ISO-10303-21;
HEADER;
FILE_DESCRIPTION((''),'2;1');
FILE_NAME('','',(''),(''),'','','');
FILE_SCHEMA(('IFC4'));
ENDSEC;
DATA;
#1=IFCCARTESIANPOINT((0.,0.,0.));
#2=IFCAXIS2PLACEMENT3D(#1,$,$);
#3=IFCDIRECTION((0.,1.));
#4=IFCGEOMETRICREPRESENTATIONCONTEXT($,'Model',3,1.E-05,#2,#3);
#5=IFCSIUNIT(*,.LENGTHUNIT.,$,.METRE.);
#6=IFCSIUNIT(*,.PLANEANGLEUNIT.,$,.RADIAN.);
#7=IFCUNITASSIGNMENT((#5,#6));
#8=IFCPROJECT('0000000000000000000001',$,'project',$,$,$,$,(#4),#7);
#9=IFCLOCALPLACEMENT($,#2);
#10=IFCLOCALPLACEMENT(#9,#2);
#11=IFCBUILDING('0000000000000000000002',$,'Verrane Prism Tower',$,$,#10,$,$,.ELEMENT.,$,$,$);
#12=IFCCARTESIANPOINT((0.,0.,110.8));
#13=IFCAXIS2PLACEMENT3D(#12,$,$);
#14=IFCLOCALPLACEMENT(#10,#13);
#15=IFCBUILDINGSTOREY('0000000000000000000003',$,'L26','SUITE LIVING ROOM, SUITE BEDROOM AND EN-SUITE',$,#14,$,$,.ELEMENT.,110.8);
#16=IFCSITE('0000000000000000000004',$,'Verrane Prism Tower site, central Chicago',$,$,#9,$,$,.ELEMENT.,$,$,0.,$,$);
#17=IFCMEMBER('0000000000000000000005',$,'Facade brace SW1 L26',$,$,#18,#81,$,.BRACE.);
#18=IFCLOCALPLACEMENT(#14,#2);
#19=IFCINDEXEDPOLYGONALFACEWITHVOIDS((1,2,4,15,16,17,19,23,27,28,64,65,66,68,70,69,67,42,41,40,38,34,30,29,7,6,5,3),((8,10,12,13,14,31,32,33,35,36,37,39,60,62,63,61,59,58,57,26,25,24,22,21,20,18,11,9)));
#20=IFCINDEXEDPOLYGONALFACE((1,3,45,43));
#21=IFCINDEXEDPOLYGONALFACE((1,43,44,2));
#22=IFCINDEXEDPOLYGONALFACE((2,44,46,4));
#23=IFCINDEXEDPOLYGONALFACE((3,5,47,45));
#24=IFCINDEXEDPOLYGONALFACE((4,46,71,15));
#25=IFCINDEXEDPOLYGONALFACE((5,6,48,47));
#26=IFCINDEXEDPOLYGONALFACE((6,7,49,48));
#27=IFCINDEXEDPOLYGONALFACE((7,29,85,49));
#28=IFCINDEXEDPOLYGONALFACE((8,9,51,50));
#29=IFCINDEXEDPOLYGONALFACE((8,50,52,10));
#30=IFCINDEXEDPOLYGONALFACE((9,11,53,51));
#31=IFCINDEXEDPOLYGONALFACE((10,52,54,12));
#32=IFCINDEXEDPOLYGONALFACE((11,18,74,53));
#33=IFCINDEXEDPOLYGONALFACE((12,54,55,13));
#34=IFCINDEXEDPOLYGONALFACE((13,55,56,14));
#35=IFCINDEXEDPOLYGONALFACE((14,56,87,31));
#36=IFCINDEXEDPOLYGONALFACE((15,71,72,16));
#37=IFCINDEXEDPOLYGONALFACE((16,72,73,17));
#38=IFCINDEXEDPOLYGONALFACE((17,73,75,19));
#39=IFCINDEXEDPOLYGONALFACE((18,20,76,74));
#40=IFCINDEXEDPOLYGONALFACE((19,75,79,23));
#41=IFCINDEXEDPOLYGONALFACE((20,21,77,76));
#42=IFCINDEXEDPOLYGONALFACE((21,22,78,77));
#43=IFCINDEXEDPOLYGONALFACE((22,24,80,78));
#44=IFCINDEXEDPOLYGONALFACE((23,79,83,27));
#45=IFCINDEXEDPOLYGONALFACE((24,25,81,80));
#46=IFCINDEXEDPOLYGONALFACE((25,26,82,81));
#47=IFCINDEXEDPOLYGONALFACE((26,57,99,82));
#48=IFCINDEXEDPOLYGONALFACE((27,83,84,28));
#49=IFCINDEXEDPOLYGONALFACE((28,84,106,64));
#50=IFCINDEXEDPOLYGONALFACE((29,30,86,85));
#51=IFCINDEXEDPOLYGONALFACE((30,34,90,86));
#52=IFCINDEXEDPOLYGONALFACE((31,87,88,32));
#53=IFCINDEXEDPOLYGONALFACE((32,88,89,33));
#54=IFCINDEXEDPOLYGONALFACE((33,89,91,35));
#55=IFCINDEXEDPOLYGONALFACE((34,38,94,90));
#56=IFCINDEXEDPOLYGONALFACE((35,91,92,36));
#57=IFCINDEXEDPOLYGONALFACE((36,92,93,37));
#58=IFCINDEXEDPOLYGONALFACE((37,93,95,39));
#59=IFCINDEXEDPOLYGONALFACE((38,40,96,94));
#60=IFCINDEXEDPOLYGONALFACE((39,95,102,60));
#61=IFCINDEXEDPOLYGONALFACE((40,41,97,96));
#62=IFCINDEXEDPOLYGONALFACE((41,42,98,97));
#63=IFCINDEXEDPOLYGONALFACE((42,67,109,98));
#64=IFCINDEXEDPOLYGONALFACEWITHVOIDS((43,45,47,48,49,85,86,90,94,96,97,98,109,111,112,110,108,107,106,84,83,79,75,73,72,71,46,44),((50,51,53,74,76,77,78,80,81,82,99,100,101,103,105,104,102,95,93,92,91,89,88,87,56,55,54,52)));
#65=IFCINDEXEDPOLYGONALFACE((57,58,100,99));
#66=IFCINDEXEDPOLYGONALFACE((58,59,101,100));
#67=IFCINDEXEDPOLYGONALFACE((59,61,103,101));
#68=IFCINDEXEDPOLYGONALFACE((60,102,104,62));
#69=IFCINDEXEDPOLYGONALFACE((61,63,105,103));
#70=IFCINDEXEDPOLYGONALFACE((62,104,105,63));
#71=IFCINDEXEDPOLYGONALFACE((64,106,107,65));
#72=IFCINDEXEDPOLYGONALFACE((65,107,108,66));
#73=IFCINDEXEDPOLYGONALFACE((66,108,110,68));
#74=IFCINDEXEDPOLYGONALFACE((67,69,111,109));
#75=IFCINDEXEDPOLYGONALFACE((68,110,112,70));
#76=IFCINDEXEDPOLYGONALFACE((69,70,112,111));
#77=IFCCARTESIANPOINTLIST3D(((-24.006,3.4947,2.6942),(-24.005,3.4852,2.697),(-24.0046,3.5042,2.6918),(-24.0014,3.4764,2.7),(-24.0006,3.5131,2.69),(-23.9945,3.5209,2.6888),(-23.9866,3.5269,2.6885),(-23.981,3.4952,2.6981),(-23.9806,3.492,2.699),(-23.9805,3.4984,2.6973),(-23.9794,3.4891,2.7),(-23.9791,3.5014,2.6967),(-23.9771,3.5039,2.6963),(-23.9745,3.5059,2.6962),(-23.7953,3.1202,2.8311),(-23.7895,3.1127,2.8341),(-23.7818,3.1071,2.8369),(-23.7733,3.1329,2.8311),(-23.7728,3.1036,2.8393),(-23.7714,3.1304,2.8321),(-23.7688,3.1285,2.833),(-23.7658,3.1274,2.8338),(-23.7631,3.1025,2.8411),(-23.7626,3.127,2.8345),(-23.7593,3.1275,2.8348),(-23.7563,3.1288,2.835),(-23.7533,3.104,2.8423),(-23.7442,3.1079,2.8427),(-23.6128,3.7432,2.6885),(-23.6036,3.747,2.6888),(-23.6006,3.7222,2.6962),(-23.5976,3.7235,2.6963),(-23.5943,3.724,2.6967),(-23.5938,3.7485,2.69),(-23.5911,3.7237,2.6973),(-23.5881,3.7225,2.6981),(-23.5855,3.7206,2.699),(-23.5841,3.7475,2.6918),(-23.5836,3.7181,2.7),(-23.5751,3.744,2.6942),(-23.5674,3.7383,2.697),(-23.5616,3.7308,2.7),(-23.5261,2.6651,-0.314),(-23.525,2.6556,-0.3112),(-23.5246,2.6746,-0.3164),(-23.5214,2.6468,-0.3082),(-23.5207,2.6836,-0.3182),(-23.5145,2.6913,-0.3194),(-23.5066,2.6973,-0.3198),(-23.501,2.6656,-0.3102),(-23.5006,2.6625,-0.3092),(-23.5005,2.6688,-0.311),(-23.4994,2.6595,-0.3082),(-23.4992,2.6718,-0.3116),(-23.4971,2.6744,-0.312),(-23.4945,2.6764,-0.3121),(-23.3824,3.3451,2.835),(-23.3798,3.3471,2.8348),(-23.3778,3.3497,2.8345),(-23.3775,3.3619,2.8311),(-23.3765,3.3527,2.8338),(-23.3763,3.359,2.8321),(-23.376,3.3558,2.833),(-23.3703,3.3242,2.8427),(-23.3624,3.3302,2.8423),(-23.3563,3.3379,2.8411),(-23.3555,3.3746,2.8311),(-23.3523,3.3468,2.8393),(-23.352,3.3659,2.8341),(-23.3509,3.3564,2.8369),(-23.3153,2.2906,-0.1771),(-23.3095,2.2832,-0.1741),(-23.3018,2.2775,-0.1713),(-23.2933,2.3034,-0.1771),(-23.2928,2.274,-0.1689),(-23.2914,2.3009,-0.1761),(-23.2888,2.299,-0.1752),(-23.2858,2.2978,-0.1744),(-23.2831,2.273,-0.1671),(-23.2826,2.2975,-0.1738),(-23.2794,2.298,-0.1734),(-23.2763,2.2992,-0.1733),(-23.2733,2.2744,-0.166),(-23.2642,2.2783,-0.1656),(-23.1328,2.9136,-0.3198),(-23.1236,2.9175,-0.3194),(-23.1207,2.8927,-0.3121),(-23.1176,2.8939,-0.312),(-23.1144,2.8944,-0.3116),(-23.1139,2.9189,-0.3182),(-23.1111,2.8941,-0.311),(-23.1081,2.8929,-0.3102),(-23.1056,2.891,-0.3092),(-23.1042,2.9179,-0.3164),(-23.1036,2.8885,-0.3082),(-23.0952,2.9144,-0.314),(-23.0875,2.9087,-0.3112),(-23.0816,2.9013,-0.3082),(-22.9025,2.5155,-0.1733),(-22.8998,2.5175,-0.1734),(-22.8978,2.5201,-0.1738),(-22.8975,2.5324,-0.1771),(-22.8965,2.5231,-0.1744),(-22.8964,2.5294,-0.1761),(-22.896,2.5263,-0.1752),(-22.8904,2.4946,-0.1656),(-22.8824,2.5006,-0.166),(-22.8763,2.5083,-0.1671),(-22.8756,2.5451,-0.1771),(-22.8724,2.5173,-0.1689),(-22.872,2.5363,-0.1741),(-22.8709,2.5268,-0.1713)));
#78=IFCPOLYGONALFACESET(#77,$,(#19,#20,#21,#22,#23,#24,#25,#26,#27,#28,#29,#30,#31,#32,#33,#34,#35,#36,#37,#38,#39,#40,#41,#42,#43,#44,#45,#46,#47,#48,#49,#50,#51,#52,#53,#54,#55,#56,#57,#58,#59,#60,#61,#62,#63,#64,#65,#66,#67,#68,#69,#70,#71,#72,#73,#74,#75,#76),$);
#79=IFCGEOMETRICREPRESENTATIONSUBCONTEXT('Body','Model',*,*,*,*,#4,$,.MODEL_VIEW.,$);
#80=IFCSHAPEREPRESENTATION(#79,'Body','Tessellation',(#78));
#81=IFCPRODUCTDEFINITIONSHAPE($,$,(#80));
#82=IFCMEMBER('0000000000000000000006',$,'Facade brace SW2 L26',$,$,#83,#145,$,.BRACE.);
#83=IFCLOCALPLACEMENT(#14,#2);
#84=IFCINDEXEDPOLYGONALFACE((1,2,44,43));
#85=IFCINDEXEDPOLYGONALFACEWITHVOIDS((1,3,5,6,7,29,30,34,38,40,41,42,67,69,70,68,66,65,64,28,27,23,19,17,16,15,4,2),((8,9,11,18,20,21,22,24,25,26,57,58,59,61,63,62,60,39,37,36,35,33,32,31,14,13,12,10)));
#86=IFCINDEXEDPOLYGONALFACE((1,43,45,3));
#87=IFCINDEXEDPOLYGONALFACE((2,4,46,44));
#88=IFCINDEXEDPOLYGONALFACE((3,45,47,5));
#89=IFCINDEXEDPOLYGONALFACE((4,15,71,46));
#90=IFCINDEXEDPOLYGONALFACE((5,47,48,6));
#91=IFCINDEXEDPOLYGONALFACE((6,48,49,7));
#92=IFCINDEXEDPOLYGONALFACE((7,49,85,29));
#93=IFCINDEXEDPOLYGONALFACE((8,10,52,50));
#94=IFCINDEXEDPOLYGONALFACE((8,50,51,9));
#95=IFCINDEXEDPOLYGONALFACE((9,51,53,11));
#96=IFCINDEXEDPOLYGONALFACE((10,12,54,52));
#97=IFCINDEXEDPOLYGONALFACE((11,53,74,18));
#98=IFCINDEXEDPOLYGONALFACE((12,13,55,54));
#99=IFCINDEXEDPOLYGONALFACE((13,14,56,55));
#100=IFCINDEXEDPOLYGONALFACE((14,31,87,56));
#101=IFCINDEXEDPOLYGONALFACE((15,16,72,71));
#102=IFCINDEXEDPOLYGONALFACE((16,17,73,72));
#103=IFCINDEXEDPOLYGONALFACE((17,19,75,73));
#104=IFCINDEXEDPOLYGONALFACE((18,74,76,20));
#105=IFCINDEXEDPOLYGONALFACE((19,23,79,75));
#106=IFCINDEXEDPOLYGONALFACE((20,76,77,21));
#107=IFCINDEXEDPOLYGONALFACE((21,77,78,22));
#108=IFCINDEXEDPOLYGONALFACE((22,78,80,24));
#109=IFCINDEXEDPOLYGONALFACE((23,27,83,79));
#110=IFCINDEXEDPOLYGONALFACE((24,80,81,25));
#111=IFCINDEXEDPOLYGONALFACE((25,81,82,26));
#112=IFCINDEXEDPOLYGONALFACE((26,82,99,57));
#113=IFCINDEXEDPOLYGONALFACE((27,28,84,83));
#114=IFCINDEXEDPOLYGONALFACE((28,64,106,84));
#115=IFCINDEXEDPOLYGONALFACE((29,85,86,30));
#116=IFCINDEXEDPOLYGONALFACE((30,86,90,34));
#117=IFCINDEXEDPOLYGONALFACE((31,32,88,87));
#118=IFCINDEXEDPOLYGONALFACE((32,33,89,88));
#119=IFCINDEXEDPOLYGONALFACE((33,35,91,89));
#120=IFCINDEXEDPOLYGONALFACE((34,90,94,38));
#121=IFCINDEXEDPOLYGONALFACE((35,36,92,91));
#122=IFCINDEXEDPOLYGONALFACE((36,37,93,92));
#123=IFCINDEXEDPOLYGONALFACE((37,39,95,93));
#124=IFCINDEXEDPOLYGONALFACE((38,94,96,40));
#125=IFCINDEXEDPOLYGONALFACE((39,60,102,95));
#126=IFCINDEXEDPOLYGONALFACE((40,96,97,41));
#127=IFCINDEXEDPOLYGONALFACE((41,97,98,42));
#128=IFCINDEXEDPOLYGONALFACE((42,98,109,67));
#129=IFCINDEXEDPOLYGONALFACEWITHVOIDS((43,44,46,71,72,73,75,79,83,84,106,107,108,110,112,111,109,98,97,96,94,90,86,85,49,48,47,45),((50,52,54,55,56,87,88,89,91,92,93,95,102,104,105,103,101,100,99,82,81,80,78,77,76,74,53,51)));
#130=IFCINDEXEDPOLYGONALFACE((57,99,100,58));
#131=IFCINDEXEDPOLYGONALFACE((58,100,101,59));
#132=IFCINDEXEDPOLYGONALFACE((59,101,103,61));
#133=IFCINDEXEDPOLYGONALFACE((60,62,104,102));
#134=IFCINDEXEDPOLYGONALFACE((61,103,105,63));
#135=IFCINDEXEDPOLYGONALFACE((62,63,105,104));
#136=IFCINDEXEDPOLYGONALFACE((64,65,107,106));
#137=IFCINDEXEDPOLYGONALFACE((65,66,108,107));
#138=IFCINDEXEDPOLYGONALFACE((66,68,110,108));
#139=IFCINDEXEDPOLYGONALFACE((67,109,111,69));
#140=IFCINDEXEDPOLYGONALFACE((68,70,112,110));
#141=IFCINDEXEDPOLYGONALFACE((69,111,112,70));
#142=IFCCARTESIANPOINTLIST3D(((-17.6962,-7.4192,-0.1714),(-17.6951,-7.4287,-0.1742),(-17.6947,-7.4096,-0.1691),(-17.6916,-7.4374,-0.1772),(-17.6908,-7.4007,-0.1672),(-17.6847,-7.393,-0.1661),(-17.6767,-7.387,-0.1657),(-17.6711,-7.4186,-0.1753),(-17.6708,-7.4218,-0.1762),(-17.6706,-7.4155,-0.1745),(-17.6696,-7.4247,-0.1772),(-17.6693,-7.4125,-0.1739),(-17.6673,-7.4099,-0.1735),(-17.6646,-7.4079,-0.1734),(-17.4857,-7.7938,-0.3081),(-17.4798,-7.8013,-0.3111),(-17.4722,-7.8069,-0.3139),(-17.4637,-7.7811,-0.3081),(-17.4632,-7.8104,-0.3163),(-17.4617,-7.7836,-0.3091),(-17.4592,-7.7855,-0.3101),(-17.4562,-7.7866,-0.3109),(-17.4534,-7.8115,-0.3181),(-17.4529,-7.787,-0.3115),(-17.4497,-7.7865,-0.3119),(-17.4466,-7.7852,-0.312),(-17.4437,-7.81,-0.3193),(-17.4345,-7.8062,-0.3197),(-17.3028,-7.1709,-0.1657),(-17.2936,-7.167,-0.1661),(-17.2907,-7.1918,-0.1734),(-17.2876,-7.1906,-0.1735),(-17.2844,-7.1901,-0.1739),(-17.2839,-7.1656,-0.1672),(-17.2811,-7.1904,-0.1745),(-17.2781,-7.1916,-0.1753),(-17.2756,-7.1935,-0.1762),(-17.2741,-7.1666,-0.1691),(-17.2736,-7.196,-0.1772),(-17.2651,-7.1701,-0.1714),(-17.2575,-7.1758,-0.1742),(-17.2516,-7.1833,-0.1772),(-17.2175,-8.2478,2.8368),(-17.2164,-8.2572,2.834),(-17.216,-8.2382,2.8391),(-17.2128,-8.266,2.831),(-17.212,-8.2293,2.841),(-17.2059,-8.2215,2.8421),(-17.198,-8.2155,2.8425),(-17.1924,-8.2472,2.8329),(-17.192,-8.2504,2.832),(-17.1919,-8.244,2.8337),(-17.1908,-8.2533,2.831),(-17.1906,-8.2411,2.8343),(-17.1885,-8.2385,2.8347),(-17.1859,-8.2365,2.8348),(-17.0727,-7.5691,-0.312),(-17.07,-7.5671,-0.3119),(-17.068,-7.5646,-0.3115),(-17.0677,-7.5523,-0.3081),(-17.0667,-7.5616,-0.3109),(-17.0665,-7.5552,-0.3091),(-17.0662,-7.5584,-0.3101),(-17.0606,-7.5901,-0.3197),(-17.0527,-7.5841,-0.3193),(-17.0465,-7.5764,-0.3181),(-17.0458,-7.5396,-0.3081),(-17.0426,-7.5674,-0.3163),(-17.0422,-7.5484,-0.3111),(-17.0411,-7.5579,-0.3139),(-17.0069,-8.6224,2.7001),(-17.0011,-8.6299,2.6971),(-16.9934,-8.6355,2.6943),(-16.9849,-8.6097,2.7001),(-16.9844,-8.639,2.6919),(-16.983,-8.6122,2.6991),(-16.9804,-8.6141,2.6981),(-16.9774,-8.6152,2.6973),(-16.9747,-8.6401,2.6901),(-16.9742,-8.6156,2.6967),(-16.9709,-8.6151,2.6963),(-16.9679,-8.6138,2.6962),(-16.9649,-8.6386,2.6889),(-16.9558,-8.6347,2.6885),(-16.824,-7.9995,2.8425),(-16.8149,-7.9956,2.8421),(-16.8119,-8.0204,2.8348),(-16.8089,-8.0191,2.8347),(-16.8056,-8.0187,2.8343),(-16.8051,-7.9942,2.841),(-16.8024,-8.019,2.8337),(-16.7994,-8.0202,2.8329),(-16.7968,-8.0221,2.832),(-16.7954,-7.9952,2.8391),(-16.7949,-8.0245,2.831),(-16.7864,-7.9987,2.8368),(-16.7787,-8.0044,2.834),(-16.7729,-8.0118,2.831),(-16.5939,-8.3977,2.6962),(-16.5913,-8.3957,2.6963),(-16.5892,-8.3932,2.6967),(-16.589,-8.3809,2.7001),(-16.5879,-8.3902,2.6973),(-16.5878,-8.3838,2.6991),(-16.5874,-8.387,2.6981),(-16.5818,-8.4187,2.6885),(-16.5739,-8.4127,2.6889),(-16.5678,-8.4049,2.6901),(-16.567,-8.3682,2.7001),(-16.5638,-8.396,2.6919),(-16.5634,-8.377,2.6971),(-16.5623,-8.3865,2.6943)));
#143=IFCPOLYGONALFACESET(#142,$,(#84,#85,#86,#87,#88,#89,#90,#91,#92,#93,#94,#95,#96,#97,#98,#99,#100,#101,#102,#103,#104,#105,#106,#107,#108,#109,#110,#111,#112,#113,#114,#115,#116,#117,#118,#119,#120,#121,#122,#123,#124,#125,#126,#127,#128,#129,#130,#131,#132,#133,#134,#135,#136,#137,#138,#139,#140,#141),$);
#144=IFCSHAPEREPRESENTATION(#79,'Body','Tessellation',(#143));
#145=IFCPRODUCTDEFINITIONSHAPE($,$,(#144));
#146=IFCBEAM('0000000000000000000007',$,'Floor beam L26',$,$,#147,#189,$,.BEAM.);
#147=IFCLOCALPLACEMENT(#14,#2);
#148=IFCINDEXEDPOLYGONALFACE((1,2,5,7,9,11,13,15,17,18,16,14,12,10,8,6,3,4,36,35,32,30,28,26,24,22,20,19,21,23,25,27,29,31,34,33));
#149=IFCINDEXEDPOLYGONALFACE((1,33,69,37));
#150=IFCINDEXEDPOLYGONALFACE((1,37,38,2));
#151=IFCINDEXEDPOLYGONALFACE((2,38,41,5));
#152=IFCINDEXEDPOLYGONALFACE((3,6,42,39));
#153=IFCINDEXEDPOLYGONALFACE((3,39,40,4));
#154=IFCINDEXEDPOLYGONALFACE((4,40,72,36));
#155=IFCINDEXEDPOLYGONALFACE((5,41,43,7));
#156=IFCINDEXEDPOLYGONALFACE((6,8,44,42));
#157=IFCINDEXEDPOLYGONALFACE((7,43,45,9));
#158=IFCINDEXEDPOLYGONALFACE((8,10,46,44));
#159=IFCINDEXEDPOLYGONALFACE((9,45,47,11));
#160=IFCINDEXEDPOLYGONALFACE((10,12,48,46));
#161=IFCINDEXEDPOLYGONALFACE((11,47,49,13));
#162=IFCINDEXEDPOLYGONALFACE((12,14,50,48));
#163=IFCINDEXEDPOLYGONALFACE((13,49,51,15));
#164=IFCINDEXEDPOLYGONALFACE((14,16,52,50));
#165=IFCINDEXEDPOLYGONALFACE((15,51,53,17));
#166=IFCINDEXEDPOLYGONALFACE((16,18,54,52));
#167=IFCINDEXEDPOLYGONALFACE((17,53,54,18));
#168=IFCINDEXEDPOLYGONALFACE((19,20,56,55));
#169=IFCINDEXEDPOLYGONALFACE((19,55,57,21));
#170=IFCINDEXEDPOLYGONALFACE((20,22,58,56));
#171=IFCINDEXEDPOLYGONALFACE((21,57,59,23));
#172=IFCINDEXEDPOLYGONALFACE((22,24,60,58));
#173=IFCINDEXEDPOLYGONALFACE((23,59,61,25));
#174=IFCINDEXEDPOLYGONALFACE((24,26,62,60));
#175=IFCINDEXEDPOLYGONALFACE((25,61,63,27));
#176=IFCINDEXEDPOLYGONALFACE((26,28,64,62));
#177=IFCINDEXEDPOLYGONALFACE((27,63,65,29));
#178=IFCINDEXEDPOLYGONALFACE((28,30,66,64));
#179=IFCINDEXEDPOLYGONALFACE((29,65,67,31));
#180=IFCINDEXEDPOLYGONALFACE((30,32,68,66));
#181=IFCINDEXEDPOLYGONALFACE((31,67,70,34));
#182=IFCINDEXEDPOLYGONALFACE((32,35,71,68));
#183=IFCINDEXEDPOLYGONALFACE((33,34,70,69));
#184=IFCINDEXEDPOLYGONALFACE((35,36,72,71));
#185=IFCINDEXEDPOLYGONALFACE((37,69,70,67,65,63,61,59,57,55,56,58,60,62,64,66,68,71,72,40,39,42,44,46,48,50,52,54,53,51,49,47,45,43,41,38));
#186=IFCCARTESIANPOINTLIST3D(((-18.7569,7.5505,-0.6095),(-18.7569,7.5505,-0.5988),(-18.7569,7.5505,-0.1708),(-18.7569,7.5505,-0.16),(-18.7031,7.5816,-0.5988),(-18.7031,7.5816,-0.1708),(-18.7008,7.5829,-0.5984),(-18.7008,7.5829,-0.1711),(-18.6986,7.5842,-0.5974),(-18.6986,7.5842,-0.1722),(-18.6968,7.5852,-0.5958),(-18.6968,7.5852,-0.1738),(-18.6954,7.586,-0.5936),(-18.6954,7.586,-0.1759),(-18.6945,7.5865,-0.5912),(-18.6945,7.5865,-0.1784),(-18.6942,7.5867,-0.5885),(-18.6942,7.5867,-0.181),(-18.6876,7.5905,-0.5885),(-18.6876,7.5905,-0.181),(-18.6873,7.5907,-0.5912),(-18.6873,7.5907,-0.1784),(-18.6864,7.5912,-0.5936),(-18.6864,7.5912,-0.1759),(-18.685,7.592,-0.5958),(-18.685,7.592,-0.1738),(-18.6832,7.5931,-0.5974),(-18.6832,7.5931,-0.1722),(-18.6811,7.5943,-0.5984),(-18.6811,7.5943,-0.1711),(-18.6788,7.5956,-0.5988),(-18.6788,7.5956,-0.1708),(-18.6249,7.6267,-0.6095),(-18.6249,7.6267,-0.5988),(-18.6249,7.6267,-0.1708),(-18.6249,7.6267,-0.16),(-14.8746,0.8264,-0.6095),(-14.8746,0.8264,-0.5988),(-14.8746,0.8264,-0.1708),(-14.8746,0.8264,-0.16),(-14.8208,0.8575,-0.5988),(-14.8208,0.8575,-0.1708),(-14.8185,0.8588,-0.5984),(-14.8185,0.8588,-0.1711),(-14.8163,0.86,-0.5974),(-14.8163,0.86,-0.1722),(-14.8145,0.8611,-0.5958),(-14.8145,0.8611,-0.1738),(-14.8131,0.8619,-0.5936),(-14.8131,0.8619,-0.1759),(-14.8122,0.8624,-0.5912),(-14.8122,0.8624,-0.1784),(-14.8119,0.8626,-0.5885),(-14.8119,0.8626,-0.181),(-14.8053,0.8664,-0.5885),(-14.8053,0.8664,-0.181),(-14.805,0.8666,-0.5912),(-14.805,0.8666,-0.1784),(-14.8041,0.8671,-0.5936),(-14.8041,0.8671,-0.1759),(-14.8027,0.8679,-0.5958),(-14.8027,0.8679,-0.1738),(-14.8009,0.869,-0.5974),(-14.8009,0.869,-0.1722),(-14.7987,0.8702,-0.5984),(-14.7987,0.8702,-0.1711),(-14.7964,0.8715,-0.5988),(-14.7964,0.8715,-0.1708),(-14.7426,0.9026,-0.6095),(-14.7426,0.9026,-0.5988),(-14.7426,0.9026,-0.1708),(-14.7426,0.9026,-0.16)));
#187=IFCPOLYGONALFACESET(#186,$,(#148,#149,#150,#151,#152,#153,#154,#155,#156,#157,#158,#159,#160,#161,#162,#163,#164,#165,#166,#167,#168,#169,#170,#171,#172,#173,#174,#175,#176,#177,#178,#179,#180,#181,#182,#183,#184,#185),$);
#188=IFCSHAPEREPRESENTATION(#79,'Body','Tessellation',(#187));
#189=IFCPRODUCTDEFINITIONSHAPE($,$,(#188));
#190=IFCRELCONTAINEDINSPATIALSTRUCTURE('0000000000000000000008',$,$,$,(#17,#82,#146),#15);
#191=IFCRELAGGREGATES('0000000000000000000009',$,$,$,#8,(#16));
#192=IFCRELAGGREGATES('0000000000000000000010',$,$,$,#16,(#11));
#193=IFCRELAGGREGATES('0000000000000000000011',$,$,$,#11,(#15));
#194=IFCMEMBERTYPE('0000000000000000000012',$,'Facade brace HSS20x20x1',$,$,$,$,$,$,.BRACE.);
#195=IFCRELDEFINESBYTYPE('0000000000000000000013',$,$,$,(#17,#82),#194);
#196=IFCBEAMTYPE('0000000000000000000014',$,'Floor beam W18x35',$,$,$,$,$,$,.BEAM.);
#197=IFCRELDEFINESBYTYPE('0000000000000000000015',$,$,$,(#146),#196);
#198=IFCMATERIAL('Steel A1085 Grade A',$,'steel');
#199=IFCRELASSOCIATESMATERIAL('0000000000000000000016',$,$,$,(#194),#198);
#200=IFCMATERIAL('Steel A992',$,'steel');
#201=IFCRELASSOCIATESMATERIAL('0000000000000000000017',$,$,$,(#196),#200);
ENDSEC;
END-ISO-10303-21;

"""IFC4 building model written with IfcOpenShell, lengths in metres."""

from ifc_helpers import new_model, si_unit, direction, frame, origin, origin_2d, place, context, subcontext, project, spatial, hollow_rectangle, i_section, extrude, material, material_profile, profile_set, type_object, element, save


model = new_model("IFC4")

# Units and contexts
model_context = context("Model", 3, precision=1e-05, world=origin(), true_north=direction((0.0, 1.0)))
body_context = subcontext(model_context, "Body", "Model", "MODEL_VIEW")
ifc_project = project(units=[si_unit("LENGTHUNIT", "METRE"), si_unit("PLANEANGLEUNIT", "RADIAN")], contexts=[model_context])

# Site, building, storey
site_placement = place(None, origin())
site = spatial("IfcSite", under=ifc_project, at=site_placement, Name="Verrane Prism Tower site, central Chicago", CompositionType="ELEMENT", RefElevation=0.0)
building_placement = place(site_placement, origin())
building = spatial("IfcBuilding", under=site, at=building_placement, Name="Verrane Prism Tower", CompositionType="ELEMENT")
storey_placement = place(building_placement, frame((0.0, 0.0, 110.8)))
storey = spatial("IfcBuildingStorey", under=building, at=storey_placement, Name="L26", Description="SUITE LIVING ROOM, SUITE BEDROOM AND EN-SUITE", CompositionType="ELEMENT", Elevation=110.8)

# Members
ifc_material_1 = material(Name="Steel A1085 Grade A", Category="steel")
ifc_material_profile_1 = material_profile(ifc_material_1, hollow_rectangle(XDim=0.5081, YDim=0.5081, WallThickness=0.0254, InnerFilletRadius=0.0127, OuterFilletRadius=0.0381, at=origin_2d()), Name="HSS20x20x1")
ifc_profile_set_1 = profile_set([ifc_material_profile_1], Name="Steel A1085 Grade A")
member_type_1 = type_object("IfcMemberType", Name="Facade brace HSS20x20x1", PredefinedType="BRACE", material=ifc_profile_set_1)
member_1_placement = place(storey_placement, frame((-23.1985, 2.5959, -0.2427), z_axis=(-0.152023, 0.262754, 0.952811), x_axis=(-0.865566, -0.500795, 0.0)))
element("IfcMember", 1, at=member_1_placement, inside=storey, type_object=member_type_1, Name="Facade brace SW1 L26", PredefinedType="BRACE", context=body_context, shape_type="SweptSolid", body=[
    extrude(hollow_rectangle(XDim=0.5081, YDim=0.5081, WallThickness=0.0254, InnerFilletRadius=0.0127, OuterFilletRadius=0.0381, at=origin_2d()), origin(), (0.0, 0.0, 1.0), 3.1572),
])
member_2_placement = place(storey_placement, frame((-17.3687, -7.4885, -0.2427), z_axis=(0.151658, -0.262481, 0.952945), x_axis=(0.865863, 0.500282, 0.0)))
element("IfcMember", 2, at=member_2_placement, inside=storey, type_object=member_type_1, Name="Facade brace SW2 L26", PredefinedType="BRACE", context=body_context, shape_type="SweptSolid", body=[
    extrude(hollow_rectangle(XDim=0.5081, YDim=0.5081, WallThickness=0.0254, InnerFilletRadius=0.0127, OuterFilletRadius=0.0381, at=origin_2d()), origin(), (0.0, 0.0, 1.0), 3.1567),
])

# Beam
ifc_material_2 = material(Name="Steel A992", Category="steel")
ifc_material_profile_2 = material_profile(ifc_material_2, i_section(OverallWidth=0.1523, OverallDepth=0.4495, WebThickness=0.0076, FlangeThickness=0.0107, FilletRadius=0.0103, at=origin_2d()), Name="W18x35")
ifc_profile_set_2 = profile_set([ifc_material_profile_2], Name="Steel A992")
beam_type_1 = type_object("IfcBeamType", Name="Floor beam W18x35", PredefinedType="BEAM", material=ifc_profile_set_2)
beam_1_placement = place(storey_placement, frame((-14.8086, 0.8645, -0.3848), z_axis=(-0.500015, 0.866017, 0.0), x_axis=(-0.866017, -0.500015, 0.0)))
element("IfcBeam", 3, at=beam_1_placement, inside=storey, type_object=beam_type_1, Name="Floor beam L26", PredefinedType="BEAM", context=body_context, shape_type="SweptSolid", body=[
    extrude(i_section(OverallWidth=0.1523, OverallDepth=0.4495, WebThickness=0.0076, FlangeThickness=0.0107, FilletRadius=0.0103, at=origin_2d()), origin(), (0.0, 0.0, 1.0), 7.7644),
])

save(model, "model.ifc")
